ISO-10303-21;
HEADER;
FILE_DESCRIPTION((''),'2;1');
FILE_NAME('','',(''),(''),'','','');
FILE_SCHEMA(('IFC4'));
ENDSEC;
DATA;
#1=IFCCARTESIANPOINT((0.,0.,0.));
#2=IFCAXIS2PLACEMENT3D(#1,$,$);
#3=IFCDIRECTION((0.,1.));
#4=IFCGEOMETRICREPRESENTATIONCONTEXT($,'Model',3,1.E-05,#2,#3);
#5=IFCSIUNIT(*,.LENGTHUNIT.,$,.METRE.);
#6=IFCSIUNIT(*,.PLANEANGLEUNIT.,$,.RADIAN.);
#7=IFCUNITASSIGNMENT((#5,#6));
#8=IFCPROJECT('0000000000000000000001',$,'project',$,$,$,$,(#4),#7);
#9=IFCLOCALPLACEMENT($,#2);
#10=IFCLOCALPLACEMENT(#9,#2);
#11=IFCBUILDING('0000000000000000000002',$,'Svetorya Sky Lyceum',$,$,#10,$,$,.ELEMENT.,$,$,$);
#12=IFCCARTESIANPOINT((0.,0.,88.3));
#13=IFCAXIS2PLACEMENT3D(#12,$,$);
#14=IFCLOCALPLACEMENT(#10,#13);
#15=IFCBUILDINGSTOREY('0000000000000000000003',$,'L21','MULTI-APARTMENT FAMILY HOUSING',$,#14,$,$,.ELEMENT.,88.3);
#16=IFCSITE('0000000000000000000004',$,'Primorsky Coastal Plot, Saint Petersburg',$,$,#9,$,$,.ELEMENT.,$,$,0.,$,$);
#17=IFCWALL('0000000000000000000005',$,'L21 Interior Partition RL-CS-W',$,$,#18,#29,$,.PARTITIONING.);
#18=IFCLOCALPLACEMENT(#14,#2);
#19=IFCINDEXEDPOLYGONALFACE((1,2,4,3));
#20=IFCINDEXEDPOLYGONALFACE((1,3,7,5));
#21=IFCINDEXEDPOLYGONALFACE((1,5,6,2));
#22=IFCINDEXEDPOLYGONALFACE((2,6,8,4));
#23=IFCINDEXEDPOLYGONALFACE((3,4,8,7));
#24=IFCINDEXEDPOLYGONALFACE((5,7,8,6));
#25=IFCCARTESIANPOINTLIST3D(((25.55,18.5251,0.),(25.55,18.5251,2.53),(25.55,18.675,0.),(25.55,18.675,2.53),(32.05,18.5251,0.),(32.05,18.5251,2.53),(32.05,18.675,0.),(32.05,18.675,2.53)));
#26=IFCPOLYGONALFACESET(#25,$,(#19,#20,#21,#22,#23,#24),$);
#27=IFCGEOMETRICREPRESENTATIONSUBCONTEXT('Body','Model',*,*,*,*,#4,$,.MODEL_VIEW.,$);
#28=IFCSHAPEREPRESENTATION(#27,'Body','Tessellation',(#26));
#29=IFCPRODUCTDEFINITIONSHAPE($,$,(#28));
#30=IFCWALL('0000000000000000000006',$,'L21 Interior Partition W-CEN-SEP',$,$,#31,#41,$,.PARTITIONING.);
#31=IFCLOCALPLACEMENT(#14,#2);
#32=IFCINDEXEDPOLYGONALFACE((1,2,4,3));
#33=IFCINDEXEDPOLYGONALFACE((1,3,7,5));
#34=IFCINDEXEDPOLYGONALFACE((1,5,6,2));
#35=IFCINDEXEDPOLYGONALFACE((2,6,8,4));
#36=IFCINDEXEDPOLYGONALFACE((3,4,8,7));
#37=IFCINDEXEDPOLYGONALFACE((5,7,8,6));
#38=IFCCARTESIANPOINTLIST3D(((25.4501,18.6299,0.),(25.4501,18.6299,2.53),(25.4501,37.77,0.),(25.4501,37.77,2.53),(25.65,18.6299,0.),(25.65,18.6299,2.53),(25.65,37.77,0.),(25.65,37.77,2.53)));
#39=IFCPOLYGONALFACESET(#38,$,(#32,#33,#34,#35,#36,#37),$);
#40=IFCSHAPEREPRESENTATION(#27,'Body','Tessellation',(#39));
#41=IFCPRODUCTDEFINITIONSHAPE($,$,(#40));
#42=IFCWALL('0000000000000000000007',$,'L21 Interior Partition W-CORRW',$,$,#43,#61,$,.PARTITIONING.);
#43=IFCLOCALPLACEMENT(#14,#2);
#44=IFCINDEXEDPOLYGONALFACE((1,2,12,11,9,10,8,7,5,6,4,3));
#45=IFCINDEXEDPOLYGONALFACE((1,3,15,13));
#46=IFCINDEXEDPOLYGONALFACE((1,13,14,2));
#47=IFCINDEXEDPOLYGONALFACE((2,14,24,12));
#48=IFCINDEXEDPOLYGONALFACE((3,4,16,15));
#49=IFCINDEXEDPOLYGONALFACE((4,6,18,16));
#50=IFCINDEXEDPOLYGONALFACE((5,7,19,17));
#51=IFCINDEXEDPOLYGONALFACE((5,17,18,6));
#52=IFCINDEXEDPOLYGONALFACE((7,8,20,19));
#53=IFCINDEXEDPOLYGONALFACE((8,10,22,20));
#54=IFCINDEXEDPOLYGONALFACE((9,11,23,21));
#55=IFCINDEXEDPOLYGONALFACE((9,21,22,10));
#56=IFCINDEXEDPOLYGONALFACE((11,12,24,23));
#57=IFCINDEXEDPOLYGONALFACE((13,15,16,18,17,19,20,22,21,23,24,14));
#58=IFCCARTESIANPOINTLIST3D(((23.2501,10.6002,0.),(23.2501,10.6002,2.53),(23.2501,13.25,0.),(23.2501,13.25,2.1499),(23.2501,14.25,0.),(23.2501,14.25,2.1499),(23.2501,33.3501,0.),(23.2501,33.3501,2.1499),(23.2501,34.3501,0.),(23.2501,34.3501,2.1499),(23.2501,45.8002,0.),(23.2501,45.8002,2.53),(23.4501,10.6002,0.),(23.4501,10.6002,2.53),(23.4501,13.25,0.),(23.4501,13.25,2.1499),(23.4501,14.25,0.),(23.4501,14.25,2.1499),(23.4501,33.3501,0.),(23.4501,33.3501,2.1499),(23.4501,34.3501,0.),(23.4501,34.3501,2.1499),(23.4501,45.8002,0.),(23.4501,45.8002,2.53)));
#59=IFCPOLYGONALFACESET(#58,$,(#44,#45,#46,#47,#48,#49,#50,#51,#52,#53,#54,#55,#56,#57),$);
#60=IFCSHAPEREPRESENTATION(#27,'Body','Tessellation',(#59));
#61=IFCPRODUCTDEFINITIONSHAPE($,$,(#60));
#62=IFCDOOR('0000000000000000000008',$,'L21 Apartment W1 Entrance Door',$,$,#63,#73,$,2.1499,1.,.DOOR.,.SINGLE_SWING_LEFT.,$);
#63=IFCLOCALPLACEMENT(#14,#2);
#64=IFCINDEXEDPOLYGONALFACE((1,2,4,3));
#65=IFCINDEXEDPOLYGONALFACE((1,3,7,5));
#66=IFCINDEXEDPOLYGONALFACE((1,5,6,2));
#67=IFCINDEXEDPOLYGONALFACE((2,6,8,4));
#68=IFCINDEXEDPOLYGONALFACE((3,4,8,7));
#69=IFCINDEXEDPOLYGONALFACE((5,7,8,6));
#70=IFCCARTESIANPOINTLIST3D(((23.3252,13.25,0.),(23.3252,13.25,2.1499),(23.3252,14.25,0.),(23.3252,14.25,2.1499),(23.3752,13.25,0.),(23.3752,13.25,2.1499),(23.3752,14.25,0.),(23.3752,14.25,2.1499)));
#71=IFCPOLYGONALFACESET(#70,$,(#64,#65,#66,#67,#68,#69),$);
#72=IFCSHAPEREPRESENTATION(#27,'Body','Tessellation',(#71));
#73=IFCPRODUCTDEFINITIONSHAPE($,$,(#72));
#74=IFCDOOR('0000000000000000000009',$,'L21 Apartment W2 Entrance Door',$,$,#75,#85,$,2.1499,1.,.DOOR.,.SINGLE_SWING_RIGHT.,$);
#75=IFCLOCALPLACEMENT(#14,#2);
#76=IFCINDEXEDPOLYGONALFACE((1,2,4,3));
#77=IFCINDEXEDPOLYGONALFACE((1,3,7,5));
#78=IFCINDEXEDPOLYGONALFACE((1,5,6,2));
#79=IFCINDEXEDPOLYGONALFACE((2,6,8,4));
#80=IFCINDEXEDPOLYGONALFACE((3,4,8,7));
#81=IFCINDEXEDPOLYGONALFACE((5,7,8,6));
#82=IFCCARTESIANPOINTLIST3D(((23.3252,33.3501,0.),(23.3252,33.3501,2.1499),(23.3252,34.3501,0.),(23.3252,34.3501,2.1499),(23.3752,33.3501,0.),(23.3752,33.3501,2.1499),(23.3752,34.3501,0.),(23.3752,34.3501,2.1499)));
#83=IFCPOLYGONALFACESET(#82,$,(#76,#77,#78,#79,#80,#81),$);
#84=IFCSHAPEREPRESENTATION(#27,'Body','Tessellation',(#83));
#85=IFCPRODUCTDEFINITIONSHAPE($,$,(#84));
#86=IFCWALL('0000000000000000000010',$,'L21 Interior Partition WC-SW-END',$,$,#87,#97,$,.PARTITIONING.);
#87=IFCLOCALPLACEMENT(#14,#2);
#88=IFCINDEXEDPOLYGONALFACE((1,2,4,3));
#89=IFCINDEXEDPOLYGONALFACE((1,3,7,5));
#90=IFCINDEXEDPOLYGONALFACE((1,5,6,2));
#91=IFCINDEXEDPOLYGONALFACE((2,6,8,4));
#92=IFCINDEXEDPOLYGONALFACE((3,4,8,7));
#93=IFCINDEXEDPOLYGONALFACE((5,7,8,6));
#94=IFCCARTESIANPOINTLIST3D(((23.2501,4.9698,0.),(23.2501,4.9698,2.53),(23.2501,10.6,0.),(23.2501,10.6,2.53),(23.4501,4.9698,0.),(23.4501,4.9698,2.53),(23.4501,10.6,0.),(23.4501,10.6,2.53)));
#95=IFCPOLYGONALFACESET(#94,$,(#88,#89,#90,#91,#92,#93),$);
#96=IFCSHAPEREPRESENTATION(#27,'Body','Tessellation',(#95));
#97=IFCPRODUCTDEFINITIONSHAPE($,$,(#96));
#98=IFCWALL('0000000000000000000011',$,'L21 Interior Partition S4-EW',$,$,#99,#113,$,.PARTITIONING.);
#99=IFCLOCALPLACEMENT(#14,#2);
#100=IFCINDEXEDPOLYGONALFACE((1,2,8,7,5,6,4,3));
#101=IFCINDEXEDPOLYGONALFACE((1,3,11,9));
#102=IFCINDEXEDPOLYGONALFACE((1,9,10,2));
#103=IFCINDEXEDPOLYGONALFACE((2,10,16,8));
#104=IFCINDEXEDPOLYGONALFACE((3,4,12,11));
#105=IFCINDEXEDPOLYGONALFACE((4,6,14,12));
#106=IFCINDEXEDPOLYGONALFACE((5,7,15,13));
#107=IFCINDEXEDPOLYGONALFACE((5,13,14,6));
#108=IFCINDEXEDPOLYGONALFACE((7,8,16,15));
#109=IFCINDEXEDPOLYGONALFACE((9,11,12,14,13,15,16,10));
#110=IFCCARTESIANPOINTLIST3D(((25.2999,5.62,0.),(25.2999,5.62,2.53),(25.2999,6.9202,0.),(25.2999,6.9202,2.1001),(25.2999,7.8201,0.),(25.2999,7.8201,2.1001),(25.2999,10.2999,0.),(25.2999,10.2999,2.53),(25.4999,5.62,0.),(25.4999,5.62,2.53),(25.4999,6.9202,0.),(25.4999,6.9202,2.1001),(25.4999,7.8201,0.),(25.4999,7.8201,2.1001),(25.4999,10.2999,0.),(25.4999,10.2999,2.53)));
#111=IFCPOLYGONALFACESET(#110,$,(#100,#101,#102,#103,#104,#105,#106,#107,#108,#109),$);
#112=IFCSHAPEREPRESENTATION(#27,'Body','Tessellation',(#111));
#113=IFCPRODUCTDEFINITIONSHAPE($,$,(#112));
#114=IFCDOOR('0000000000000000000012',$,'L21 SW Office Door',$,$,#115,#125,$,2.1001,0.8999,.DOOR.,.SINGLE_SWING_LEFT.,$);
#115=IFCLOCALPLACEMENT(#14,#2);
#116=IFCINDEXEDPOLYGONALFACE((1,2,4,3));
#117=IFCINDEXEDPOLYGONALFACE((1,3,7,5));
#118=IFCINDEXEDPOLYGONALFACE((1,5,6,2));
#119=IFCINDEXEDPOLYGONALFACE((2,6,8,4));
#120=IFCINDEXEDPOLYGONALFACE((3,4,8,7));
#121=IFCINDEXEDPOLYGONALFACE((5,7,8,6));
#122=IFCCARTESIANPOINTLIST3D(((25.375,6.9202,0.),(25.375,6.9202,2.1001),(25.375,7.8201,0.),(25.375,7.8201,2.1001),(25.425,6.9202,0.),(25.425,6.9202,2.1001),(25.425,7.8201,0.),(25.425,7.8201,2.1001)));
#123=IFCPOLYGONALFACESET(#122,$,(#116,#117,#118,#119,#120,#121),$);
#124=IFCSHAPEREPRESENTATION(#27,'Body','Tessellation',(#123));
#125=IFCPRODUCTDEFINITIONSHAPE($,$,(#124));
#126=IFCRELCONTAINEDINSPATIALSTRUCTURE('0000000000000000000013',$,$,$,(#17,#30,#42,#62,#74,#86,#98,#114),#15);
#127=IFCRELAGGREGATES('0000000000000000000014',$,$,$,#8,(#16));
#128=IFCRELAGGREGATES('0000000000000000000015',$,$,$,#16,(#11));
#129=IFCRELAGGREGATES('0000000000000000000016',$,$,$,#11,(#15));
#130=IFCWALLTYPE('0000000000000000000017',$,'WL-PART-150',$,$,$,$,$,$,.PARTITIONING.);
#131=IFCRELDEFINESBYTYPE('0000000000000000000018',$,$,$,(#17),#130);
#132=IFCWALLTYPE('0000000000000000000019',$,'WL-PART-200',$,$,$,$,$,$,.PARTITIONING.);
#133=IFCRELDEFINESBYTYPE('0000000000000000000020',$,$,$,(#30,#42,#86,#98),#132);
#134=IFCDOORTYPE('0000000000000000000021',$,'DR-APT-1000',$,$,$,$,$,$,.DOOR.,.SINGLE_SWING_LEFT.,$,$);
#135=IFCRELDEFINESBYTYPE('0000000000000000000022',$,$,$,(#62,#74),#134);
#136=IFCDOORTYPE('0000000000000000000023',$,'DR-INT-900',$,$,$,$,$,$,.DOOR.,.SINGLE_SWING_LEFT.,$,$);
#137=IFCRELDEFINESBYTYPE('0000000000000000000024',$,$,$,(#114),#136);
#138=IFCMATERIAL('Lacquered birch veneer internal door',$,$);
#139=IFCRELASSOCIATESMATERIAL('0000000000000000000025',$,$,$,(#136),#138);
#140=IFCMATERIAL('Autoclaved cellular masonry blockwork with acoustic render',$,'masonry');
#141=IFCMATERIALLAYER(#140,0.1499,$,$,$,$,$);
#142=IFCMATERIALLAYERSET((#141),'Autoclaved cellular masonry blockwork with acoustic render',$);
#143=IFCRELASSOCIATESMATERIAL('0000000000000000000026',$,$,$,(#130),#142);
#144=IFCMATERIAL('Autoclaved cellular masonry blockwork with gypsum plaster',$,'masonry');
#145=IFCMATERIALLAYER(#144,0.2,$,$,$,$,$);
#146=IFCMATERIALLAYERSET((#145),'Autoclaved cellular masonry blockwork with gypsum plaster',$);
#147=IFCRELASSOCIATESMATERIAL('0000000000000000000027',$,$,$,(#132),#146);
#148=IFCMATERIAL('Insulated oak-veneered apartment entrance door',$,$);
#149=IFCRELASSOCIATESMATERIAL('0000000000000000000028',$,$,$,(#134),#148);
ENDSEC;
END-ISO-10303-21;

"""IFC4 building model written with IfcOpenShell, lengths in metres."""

from ifc_helpers import new_model, si_unit, direction, frame, frame_2d, origin, place, context, subcontext, project, spatial, rectangle, extrude, material, layer, layer_set, type_object, element, fill, save


model = new_model("IFC4")

# Units and contexts
model_context = context("Model", 3, precision=1e-05, world=origin(), true_north=direction((0.0, 1.0)))
body_context = subcontext(model_context, "Body", "Model", "MODEL_VIEW")
ifc_project = project(units=[si_unit("LENGTHUNIT", "METRE"), si_unit("PLANEANGLEUNIT", "RADIAN")], contexts=[model_context])

# Site, building, storey
site_placement = place(None, origin())
site = spatial("IfcSite", under=ifc_project, at=site_placement, Name="Primorsky Coastal Plot, Saint Petersburg", CompositionType="ELEMENT", RefElevation=0.0)
building_placement = place(site_placement, origin())
building = spatial("IfcBuilding", under=site, at=building_placement, Name="Svetorya Sky Lyceum", CompositionType="ELEMENT")
storey_placement = place(building_placement, frame((0.0, 0.0, 88.3)))
storey = spatial("IfcBuildingStorey", under=building, at=storey_placement, Name="L21", Description="MULTI-APARTMENT FAMILY HOUSING", CompositionType="ELEMENT", Elevation=88.3)

# Shared definitions
ifc_material_1 = material(Name="Lacquered birch veneer internal door")
door_type_1 = type_object("IfcDoorType", Name="DR-INT-900", OperationType="SINGLE_SWING_LEFT", PredefinedType="DOOR", material=ifc_material_1)

# Walls
ifc_material_2 = material(Name="Autoclaved cellular masonry blockwork with acoustic render", Category="masonry")
ifc_layer_1 = layer(ifc_material_2, 0.1499)
ifc_layer_set_1 = layer_set([ifc_layer_1], Name="Autoclaved cellular masonry blockwork with acoustic render")
wall_type_1 = type_object("IfcWallType", Name="WL-PART-150", PredefinedType="PARTITIONING", material=ifc_layer_set_1)
wall_1_placement = place(storey_placement, frame((25.55, 18.6001, 0.0), z_axis=(0.0, 0.0, 1.0), x_axis=(1.0, 0.0, 0.0)))
element("IfcWall", 1, at=wall_1_placement, inside=storey, type_object=wall_type_1, Name="L21 Interior Partition RL-CS-W", PredefinedType="PARTITIONING", context=body_context, shape_type="SweptSolid", body=[
    extrude(rectangle(XDim=6.5, YDim=0.1499, at=frame_2d((3.25, 0.0))), origin(), (0.0, 0.0, 1.0), 2.53),
])
ifc_material_3 = material(Name="Autoclaved cellular masonry blockwork with gypsum plaster", Category="masonry")
ifc_layer_2 = layer(ifc_material_3, 0.2)
ifc_layer_set_2 = layer_set([ifc_layer_2], Name="Autoclaved cellular masonry blockwork with gypsum plaster")
wall_type_2 = type_object("IfcWallType", Name="WL-PART-200", PredefinedType="PARTITIONING", material=ifc_layer_set_2)
wall_2_placement = place(storey_placement, frame((25.55, 18.6299, 0.0), z_axis=(0.0, 0.0, 1.0), x_axis=(0.0, 1.0, 0.0)))
element("IfcWall", 2, at=wall_2_placement, inside=storey, type_object=wall_type_2, Name="L21 Interior Partition W-CEN-SEP", PredefinedType="PARTITIONING", context=body_context, shape_type="SweptSolid", body=[
    extrude(rectangle(XDim=19.1401, YDim=0.2, at=frame_2d((9.5701, 0.0))), origin(), (0.0, 0.0, 1.0), 2.53),
])

# Wall, openings, doors
wall_3_placement = place(storey_placement, frame((23.3501, 10.6001, 0.0), z_axis=(0.0, 0.0, 1.0), x_axis=(0.0, 1.0, 0.0)))
wall_3 = element("IfcWall", 3, at=wall_3_placement, inside=storey, type_object=wall_type_2, Name="L21 Interior Partition W-CORRW", PredefinedType="PARTITIONING", context=body_context, shape_type="SweptSolid", body=[
    extrude(rectangle(XDim=35.2, YDim=0.2, at=frame_2d((17.6001, 0.0))), origin(), (0.0, 0.0, 1.0), 2.53),
])
opening_1_placement = place(wall_3_placement, frame((2.6499, 0.0, 0.0)))
opening_1 = element("IfcOpeningElement", 4, at=opening_1_placement, cuts=wall_3, PredefinedType="OPENING", context=body_context, shape_type="SweptSolid", body=[
    extrude(rectangle(XDim=1.0, YDim=2.1499, at=frame_2d((0.5, 1.075))), frame((0.0, 0.1099, 0.0), z_axis=(0.0, -1.0, 0.0), x_axis=(1.0, 0.0, 0.0)), (0.0, 0.0, 1.0), 0.22),
])
opening_2_placement = place(wall_3_placement, frame((22.75, 0.0, 0.0)))
opening_2 = element("IfcOpeningElement", 5, at=opening_2_placement, cuts=wall_3, PredefinedType="OPENING", context=body_context, shape_type="SweptSolid", body=[
    extrude(rectangle(XDim=1.0, YDim=2.1499, at=frame_2d((0.5, 1.075))), frame((0.0, 0.1099, 0.0), z_axis=(0.0, -1.0, 0.0), x_axis=(1.0, 0.0, 0.0)), (0.0, 0.0, 1.0), 0.22),
])
ifc_material_4 = material(Name="Insulated oak-veneered apartment entrance door")
door_type_2 = type_object("IfcDoorType", Name="DR-APT-1000", OperationType="SINGLE_SWING_LEFT", PredefinedType="DOOR", material=ifc_material_4)
door_1_placement = place(opening_1_placement, origin())
door_1 = element("IfcDoor", 6, at=door_1_placement, inside=storey, type_object=door_type_2, Name="L21 Apartment W1 Entrance Door", OperationType="SINGLE_SWING_LEFT", OverallHeight=2.1499, OverallWidth=1.0, PredefinedType="DOOR", context=body_context, shape_type="SweptSolid", body=[
    extrude(rectangle(XDim=1.0, YDim=2.1499, at=frame_2d((0.5, 1.075))), frame((0.0, 0.0249, 0.0), z_axis=(0.0, -1.0, 0.0), x_axis=(1.0, 0.0, 0.0)), (0.0, 0.0, 1.0), 0.05),
])
fill(opening_1, door_1)
door_2_placement = place(opening_2_placement, origin())
door_2 = element("IfcDoor", 7, at=door_2_placement, inside=storey, type_object=door_type_2, Name="L21 Apartment W2 Entrance Door", OperationType="SINGLE_SWING_RIGHT", OverallHeight=2.1499, OverallWidth=1.0, PredefinedType="DOOR", context=body_context, shape_type="SweptSolid", body=[
    extrude(rectangle(XDim=1.0, YDim=2.1499, at=frame_2d((0.5, 1.075))), frame((0.0, 0.0249, 0.0), z_axis=(0.0, -1.0, 0.0), x_axis=(1.0, 0.0, 0.0)), (0.0, 0.0, 1.0), 0.05),
])
fill(opening_2, door_2)

# Wall
wall_4_placement = place(storey_placement, frame((23.3501, 4.97, 0.0), z_axis=(0.0, 0.0, 1.0), x_axis=(0.0, 1.0, 0.0)))
element("IfcWall", 8, at=wall_4_placement, inside=storey, type_object=wall_type_2, Name="L21 Interior Partition WC-SW-END", PredefinedType="PARTITIONING", context=body_context, shape_type="SweptSolid", body=[
    extrude(rectangle(XDim=5.6301, YDim=0.2, at=frame_2d((2.8149, 0.0))), origin(), (0.0, 0.0, 1.0), 2.53),
])

# Wall, opening, door
wall_5_placement = place(storey_placement, frame((25.3999, 5.6201, 0.0), z_axis=(0.0, 0.0, 1.0), x_axis=(0.0, 1.0, 0.0)))
wall_5 = element("IfcWall", 9, at=wall_5_placement, inside=storey, type_object=wall_type_2, Name="L21 Interior Partition S4-EW", PredefinedType="PARTITIONING", context=body_context, shape_type="SweptSolid", body=[
    extrude(rectangle(XDim=4.6799, YDim=0.2, at=frame_2d((2.3398, 0.0))), origin(), (0.0, 0.0, 1.0), 2.53),
])
opening_3_placement = place(wall_5_placement, frame((1.3, 0.0, 0.0)))
opening_3 = element("IfcOpeningElement", 10, at=opening_3_placement, cuts=wall_5, PredefinedType="OPENING", context=body_context, shape_type="SweptSolid", body=[
    extrude(rectangle(XDim=0.8999, YDim=2.1001, at=frame_2d((0.45, 1.05))), frame((0.0, 0.1099, 0.0), z_axis=(0.0, -1.0, 0.0), x_axis=(1.0, 0.0, 0.0)), (0.0, 0.0, 1.0), 0.22),
])
door_3_placement = place(opening_3_placement, origin())
door_3 = element("IfcDoor", 11, at=door_3_placement, inside=storey, type_object=door_type_1, Name="L21 SW Office Door", OperationType="SINGLE_SWING_LEFT", OverallHeight=2.1001, OverallWidth=0.8999, PredefinedType="DOOR", context=body_context, shape_type="SweptSolid", body=[
    extrude(rectangle(XDim=0.8999, YDim=2.1001, at=frame_2d((0.45, 1.05))), frame((0.0, 0.0249, 0.0), z_axis=(0.0, -1.0, 0.0), x_axis=(1.0, 0.0, 0.0)), (0.0, 0.0, 1.0), 0.05),
])
fill(opening_3, door_3)

save(model, "model.ifc")
